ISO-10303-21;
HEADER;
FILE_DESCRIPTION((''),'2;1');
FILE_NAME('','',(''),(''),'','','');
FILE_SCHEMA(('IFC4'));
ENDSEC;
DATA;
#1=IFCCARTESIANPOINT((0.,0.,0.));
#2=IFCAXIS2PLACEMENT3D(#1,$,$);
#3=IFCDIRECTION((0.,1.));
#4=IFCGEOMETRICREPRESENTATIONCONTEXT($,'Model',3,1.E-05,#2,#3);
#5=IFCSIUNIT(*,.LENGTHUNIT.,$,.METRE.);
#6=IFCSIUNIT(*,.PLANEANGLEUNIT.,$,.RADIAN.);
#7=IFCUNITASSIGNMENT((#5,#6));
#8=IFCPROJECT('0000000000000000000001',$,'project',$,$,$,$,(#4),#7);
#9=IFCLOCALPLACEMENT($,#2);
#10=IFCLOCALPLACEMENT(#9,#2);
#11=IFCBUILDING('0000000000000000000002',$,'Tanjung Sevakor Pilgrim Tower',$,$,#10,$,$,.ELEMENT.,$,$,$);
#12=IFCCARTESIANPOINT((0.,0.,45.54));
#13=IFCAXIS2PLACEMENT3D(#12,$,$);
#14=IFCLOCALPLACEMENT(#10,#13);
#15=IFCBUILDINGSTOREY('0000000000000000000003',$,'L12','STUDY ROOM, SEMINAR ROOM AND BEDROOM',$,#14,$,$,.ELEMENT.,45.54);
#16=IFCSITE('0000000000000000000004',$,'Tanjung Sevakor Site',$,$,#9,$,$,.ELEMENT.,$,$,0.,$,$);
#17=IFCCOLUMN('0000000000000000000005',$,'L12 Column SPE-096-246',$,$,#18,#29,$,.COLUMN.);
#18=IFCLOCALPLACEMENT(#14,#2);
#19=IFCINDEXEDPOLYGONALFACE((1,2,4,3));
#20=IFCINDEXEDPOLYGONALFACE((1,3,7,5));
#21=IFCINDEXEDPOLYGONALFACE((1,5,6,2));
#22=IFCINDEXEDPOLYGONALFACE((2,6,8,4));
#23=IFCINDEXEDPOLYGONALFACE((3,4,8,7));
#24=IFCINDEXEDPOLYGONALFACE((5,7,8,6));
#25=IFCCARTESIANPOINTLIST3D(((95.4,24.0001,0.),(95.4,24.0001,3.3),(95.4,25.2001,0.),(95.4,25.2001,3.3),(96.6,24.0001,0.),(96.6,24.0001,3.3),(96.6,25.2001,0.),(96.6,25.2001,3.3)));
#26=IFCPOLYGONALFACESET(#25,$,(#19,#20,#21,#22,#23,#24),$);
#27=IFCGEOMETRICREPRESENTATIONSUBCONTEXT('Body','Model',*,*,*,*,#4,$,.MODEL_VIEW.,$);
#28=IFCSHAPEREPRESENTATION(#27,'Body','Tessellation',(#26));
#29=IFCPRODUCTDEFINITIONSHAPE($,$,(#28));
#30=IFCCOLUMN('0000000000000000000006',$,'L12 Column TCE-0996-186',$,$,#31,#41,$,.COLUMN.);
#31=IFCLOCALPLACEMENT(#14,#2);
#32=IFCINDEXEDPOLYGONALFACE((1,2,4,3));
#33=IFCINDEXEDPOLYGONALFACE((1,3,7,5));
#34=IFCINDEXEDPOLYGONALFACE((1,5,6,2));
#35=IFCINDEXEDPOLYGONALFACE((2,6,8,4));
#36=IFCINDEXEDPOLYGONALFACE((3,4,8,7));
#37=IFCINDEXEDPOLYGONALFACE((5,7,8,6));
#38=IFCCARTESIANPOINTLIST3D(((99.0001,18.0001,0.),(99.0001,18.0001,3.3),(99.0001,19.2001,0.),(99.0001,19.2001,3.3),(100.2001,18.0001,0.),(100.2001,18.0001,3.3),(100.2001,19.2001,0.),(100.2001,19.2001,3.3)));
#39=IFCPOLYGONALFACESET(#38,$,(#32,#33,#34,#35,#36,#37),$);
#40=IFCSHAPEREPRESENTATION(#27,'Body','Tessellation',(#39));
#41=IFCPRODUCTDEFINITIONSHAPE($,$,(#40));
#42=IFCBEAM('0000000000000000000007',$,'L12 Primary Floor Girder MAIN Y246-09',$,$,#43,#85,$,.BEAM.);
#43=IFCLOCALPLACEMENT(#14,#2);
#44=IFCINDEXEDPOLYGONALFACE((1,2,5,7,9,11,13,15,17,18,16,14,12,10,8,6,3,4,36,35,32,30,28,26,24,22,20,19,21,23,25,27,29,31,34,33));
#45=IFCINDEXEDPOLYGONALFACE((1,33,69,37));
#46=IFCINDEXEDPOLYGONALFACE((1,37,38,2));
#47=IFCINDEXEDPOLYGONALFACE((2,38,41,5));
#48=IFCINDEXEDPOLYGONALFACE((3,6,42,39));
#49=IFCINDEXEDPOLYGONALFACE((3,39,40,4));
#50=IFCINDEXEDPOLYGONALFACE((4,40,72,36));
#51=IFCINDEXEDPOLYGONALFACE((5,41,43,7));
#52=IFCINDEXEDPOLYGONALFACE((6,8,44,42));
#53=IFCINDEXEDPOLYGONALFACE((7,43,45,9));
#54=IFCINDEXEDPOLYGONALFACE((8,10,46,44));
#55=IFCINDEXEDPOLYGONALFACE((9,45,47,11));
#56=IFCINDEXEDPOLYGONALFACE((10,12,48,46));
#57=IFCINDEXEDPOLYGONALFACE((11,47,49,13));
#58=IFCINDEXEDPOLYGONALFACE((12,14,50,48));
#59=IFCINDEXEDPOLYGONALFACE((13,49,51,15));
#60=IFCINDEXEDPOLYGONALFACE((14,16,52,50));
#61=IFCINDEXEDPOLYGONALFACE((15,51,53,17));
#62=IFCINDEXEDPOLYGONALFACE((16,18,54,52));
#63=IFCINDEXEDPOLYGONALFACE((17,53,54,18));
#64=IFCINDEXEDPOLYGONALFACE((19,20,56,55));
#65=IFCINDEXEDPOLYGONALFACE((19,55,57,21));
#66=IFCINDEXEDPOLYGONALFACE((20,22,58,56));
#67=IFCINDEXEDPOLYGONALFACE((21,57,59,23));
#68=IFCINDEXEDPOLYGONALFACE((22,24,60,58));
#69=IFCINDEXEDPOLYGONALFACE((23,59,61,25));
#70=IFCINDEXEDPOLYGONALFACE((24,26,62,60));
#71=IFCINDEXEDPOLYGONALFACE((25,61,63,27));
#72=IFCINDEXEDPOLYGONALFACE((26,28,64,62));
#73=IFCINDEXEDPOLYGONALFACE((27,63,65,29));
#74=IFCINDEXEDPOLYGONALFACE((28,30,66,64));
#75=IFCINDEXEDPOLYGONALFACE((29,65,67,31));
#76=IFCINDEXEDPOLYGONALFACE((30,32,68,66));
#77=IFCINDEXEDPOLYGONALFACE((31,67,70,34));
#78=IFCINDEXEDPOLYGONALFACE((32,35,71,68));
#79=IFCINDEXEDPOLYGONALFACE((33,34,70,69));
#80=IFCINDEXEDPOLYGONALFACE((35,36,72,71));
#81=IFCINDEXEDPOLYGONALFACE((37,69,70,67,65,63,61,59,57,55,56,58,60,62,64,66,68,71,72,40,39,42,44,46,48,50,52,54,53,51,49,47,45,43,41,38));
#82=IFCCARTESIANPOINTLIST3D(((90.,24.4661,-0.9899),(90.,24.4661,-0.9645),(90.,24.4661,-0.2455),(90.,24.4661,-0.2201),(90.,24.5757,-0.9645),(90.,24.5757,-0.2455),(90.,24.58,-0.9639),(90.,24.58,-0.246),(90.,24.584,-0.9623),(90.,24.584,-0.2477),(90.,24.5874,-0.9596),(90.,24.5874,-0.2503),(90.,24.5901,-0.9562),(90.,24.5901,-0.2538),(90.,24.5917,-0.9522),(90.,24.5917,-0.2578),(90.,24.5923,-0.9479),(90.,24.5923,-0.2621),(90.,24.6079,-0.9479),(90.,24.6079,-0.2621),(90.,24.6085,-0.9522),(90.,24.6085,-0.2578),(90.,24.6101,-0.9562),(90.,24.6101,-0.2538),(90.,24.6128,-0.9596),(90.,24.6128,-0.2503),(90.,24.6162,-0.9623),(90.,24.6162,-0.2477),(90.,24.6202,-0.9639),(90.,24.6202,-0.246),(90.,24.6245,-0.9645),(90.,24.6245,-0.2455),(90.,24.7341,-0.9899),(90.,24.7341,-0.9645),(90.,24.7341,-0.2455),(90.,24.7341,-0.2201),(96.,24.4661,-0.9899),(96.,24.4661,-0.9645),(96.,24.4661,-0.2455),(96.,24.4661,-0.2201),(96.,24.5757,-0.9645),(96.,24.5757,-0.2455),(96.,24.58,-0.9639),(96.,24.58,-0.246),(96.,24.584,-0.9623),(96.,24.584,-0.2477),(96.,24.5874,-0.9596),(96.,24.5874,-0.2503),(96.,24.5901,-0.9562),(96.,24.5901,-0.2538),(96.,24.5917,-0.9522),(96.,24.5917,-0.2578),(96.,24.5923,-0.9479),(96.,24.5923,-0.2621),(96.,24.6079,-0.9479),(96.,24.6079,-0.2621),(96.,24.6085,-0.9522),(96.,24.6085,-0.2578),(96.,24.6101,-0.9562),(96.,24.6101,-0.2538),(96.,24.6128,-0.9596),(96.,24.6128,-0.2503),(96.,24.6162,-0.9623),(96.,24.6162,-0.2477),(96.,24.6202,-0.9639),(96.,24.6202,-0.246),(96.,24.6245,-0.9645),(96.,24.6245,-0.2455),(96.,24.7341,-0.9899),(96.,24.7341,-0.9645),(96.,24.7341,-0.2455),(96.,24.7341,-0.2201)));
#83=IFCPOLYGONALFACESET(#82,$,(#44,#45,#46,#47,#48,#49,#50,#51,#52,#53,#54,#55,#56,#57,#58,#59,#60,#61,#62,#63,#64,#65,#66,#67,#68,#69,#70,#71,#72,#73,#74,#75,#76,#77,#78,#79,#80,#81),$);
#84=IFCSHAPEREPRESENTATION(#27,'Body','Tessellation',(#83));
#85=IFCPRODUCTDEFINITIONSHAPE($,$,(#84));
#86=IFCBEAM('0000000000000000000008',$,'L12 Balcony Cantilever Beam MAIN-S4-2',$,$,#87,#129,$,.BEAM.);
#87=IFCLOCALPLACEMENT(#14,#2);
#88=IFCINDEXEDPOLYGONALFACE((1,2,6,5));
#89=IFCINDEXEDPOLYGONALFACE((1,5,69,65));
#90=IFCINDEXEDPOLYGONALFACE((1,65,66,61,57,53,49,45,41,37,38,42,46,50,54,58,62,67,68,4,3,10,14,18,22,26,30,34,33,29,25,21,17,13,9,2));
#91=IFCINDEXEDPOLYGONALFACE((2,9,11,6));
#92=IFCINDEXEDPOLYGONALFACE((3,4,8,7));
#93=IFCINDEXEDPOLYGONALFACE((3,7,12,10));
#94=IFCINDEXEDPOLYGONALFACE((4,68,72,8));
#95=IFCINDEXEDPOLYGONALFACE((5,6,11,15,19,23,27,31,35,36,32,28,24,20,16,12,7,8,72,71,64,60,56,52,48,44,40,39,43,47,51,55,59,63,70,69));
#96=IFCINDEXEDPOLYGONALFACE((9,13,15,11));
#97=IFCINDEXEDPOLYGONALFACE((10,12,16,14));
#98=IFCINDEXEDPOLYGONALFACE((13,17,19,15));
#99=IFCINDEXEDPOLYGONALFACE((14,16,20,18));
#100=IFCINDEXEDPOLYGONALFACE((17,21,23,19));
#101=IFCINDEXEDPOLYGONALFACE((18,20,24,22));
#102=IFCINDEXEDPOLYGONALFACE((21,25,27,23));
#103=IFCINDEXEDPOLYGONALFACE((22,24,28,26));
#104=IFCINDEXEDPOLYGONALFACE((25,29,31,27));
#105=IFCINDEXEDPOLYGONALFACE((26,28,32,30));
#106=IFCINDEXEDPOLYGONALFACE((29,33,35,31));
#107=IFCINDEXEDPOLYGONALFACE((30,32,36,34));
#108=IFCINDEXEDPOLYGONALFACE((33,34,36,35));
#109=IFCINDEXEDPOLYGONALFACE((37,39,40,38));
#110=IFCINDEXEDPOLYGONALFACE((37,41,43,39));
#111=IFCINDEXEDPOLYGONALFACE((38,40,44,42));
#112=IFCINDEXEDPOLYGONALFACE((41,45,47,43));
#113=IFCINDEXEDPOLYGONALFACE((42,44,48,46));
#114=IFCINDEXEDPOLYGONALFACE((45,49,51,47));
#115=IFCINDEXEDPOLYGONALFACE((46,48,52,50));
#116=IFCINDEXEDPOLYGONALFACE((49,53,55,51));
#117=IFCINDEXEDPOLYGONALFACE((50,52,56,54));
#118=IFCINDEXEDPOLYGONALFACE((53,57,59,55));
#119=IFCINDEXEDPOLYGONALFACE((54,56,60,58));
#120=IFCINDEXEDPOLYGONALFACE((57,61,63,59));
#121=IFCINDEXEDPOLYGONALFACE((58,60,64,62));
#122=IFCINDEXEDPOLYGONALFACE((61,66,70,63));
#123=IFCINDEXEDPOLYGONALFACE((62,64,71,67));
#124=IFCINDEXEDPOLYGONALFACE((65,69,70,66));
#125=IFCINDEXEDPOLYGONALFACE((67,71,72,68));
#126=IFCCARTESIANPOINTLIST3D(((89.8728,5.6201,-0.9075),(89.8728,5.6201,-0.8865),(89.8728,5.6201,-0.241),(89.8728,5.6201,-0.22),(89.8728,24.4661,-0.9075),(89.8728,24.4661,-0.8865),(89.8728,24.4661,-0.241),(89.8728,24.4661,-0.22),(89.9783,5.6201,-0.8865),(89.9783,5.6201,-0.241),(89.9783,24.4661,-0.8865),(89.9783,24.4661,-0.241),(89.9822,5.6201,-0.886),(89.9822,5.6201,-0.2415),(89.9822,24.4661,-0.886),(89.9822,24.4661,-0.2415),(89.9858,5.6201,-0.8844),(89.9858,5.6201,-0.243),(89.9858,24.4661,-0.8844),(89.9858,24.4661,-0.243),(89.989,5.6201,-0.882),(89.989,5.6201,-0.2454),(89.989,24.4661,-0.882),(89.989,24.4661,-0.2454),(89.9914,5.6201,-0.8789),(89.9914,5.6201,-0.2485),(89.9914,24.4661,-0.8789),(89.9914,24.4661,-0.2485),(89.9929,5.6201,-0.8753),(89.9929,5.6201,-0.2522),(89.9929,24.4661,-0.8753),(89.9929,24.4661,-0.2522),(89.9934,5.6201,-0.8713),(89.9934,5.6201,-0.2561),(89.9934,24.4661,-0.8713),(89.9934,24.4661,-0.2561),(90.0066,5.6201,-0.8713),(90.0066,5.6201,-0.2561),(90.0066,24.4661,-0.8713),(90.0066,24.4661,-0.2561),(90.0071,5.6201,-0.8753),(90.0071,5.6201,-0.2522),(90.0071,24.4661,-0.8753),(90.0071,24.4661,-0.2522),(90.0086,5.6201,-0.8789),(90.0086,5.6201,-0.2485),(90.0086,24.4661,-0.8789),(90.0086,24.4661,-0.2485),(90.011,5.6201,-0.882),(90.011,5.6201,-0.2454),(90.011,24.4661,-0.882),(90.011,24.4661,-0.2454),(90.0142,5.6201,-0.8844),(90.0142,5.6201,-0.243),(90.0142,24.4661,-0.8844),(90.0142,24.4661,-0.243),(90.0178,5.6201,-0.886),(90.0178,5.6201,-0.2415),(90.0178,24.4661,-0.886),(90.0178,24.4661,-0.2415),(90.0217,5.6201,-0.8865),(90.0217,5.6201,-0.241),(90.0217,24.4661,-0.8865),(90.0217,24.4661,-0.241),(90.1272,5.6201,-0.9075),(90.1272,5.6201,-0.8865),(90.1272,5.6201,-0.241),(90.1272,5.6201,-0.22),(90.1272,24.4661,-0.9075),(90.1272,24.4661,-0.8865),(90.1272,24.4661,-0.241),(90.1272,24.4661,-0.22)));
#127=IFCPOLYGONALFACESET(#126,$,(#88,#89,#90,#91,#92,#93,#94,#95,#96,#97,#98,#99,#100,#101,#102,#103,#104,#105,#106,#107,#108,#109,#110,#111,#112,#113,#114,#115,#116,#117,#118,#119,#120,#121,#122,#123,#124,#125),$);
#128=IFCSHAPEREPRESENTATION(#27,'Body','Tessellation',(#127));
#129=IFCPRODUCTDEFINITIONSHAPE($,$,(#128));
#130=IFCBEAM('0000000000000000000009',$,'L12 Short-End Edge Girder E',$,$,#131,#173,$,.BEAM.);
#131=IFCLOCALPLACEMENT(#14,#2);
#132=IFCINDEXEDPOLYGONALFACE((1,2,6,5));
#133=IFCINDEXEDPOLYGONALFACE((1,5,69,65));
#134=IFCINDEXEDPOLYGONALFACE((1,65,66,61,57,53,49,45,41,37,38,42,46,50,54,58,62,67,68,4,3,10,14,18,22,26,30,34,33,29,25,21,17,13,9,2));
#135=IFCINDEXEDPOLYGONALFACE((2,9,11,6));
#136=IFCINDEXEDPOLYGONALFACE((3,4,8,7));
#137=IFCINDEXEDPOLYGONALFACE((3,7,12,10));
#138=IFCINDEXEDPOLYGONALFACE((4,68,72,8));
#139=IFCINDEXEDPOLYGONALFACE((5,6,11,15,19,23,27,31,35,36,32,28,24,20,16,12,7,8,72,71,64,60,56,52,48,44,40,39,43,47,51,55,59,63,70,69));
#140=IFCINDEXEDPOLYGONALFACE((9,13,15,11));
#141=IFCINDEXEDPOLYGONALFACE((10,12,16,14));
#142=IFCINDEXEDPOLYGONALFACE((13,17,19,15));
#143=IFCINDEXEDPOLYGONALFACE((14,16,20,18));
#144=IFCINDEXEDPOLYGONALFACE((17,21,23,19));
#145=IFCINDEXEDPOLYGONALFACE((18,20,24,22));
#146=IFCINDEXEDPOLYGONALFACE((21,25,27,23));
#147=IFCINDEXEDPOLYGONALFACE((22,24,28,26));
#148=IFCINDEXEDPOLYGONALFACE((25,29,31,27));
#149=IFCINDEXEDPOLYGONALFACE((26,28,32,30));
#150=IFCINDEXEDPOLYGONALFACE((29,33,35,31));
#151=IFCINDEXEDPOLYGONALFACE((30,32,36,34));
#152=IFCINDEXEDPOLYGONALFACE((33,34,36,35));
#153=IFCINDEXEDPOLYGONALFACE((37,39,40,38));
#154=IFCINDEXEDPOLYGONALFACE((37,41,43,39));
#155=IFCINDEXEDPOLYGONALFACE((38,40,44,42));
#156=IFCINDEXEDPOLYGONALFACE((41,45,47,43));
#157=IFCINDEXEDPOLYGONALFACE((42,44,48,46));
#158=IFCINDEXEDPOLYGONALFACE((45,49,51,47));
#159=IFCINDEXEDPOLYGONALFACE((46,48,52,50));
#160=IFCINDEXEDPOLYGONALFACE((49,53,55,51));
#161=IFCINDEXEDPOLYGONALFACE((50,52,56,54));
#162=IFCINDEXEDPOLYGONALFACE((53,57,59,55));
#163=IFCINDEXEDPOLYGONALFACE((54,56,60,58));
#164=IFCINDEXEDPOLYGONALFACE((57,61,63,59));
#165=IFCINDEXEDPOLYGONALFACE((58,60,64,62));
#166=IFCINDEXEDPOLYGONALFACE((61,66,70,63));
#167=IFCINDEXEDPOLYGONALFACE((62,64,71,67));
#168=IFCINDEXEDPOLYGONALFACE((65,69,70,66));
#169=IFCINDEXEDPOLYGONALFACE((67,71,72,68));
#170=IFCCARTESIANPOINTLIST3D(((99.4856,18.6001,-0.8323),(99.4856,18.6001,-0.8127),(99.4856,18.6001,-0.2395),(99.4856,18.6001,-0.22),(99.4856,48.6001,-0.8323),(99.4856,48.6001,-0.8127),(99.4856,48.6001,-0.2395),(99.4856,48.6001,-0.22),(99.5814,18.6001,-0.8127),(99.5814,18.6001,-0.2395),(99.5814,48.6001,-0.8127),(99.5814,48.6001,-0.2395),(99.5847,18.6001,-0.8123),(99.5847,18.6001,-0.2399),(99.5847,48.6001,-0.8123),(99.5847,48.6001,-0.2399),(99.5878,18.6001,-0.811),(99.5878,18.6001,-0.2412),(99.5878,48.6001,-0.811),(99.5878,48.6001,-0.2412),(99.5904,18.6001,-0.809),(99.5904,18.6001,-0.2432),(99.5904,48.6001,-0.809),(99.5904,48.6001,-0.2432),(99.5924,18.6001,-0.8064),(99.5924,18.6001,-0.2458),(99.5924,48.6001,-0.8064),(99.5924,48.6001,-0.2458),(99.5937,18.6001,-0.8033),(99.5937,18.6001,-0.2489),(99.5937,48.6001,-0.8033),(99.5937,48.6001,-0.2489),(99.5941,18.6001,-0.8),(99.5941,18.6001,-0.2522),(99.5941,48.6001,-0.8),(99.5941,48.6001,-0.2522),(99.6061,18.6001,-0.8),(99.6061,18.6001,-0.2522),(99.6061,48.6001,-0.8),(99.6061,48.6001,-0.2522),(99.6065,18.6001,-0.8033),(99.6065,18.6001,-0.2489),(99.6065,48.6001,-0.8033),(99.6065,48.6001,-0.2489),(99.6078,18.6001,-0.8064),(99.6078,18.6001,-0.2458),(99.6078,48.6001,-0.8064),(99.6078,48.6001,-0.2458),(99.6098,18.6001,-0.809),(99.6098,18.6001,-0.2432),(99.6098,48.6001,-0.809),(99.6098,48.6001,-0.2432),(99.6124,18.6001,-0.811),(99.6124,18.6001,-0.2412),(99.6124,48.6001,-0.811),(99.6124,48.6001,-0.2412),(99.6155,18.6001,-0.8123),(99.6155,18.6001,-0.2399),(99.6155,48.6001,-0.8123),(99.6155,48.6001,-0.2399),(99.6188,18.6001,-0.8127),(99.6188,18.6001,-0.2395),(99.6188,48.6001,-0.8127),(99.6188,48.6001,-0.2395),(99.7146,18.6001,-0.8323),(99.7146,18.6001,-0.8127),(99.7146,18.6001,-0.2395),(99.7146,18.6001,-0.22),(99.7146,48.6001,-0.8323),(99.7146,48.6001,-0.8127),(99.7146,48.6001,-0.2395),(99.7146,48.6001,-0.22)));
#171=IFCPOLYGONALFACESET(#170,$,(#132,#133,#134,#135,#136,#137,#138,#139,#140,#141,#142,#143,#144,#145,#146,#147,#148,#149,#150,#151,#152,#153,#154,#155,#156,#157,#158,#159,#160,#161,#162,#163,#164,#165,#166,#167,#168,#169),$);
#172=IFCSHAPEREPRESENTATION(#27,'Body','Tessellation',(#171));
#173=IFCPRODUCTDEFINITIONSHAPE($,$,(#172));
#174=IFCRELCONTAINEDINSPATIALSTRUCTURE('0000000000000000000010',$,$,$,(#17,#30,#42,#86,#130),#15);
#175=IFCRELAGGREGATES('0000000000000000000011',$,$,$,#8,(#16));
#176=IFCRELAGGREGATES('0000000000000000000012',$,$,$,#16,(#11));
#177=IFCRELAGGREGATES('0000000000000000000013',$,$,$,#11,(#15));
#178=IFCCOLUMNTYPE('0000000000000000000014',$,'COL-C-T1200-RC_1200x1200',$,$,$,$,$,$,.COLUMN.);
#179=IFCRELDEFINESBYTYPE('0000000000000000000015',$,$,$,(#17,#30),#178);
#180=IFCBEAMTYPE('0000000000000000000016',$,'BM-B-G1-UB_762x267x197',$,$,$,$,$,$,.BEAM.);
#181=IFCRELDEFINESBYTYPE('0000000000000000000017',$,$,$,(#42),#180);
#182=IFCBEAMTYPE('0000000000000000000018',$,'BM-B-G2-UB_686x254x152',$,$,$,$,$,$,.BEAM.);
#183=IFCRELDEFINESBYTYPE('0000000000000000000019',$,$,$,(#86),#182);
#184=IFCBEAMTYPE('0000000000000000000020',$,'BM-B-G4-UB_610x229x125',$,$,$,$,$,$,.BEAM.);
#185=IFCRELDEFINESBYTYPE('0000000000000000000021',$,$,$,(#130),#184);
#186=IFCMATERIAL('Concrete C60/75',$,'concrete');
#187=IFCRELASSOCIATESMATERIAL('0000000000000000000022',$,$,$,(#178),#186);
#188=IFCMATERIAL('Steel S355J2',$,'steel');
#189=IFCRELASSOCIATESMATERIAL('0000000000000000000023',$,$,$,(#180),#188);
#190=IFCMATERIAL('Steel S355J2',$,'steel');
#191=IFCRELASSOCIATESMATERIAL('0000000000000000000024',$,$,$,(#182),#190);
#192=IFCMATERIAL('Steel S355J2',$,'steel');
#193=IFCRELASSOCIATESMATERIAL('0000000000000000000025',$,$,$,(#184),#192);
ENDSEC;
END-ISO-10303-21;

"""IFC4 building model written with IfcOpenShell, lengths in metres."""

from ifc_helpers import new_model, si_unit, direction, frame, origin, origin_2d, place, context, subcontext, project, spatial, rectangle, i_section, extrude, material, material_profile, profile_set, type_object, element, save


model = new_model("IFC4")

# Units and contexts
model_context = context("Model", 3, precision=1e-05, world=origin(), true_north=direction((0.0, 1.0)))
body_context = subcontext(model_context, "Body", "Model", "MODEL_VIEW")
ifc_project = project(units=[si_unit("LENGTHUNIT", "METRE"), si_unit("PLANEANGLEUNIT", "RADIAN")], contexts=[model_context])

# Site, building, storey
site_placement = place(None, origin())
site = spatial("IfcSite", under=ifc_project, at=site_placement, Name="Tanjung Sevakor Site", CompositionType="ELEMENT", RefElevation=0.0)
building_placement = place(site_placement, origin())
building = spatial("IfcBuilding", under=site, at=building_placement, Name="Tanjung Sevakor Pilgrim Tower", CompositionType="ELEMENT")
storey_placement = place(building_placement, frame((0.0, 0.0, 45.54)))
storey = spatial("IfcBuildingStorey", under=building, at=storey_placement, Name="L12", Description="STUDY ROOM, SEMINAR ROOM AND BEDROOM", CompositionType="ELEMENT", Elevation=45.54)

# Columns
ifc_material_1 = material(Name="Concrete C60/75", Category="concrete")
ifc_material_profile_1 = material_profile(ifc_material_1, rectangle(XDim=1.2, YDim=1.2, at=origin_2d()))
ifc_profile_set_1 = profile_set([ifc_material_profile_1], Name="Concrete C60/75")
column_type = type_object("IfcColumnType", Name="COL-C-T1200-RC_1200x1200", PredefinedType="COLUMN", material=ifc_profile_set_1)
for number, where, z_axis, x_axis, name in (
    (1, (96.0, 24.6001, 0.0), (0.0, 0.0, 1.0), (1.0, 0.0, 0.0), "L12 Column SPE-096-246"),
    (2, (99.6001, 18.6001, 0.0), (0.0, 0.0, 1.0), (1.0, 0.0, 0.0), "L12 Column TCE-0996-186"),
):
    element("IfcColumn", number, at=place(storey_placement, frame(where, z_axis=z_axis, x_axis=x_axis)), inside=storey, type_object=column_type, Name=name, PredefinedType="COLUMN", context=body_context, shape_type="SweptSolid", body=[
        extrude(rectangle(XDim=1.2, YDim=1.2, at=origin_2d()), origin(), (0.0, 0.0, 1.0), 3.3),
    ])

# Beams
ifc_material_2 = material(Name="Steel S355J2", Category="steel")
ifc_material_profile_2 = material_profile(ifc_material_2, i_section(OverallWidth=0.2681, OverallDepth=0.7698, WebThickness=0.0156, FlangeThickness=0.0254, FilletRadius=0.0166, at=origin_2d()))
ifc_profile_set_2 = profile_set([ifc_material_profile_2], Name="Steel S355J2")
beam_type_1 = type_object("IfcBeamType", Name="BM-B-G1-UB_762x267x197", PredefinedType="BEAM", material=ifc_profile_set_2)
beam_1_placement = place(storey_placement, frame((90.0, 24.6001, -0.605), z_axis=(1.0, 0.0, 0.0), x_axis=(0.0, 1.0, 0.0)))
element("IfcBeam", 3, at=beam_1_placement, inside=storey, type_object=beam_type_1, Name="L12 Primary Floor Girder MAIN Y246-09", PredefinedType="BEAM", context=body_context, shape_type="SweptSolid", body=[
    extrude(i_section(OverallWidth=0.2681, OverallDepth=0.7698, WebThickness=0.0156, FlangeThickness=0.0254, FilletRadius=0.0166, at=origin_2d()), origin(), (0.0, 0.0, 1.0), 6.0),
])
ifc_material_3 = material(Name="Steel S355J2", Category="steel")
ifc_material_profile_3 = material_profile(ifc_material_3, i_section(OverallWidth=0.2544, OverallDepth=0.6875, WebThickness=0.0132, FlangeThickness=0.021, FilletRadius=0.0151, at=origin_2d()))
ifc_profile_set_3 = profile_set([ifc_material_profile_3], Name="Steel S355J2")
beam_type_2 = type_object("IfcBeamType", Name="BM-B-G2-UB_686x254x152", PredefinedType="BEAM", material=ifc_profile_set_3)
beam_2_placement = place(storey_placement, frame((90.0, 24.4661, -0.5637), z_axis=(0.0, -1.0, 0.0), x_axis=(1.0, 0.0, 0.0)))
element("IfcBeam", 4, at=beam_2_placement, inside=storey, type_object=beam_type_2, Name="L12 Balcony Cantilever Beam MAIN-S4-2", PredefinedType="BEAM", context=body_context, shape_type="SweptSolid", body=[
    extrude(i_section(OverallWidth=0.2544, OverallDepth=0.6875, WebThickness=0.0132, FlangeThickness=0.021, FilletRadius=0.0151, at=origin_2d()), origin(), (0.0, 0.0, 1.0), 18.8459),
])
ifc_material_4 = material(Name="Steel S355J2", Category="steel")
ifc_material_profile_4 = material_profile(ifc_material_4, i_section(OverallWidth=0.229, OverallDepth=0.6123, WebThickness=0.012, FlangeThickness=0.0195, FilletRadius=0.0127, at=origin_2d()))
ifc_profile_set_4 = profile_set([ifc_material_profile_4], Name="Steel S355J2")
beam_type_3 = type_object("IfcBeamType", Name="BM-B-G4-UB_610x229x125", PredefinedType="BEAM", material=ifc_profile_set_4)
beam_3_placement = place(storey_placement, frame((99.6001, 18.6001, -0.5261), z_axis=(0.0, 1.0, 0.0), x_axis=(-1.0, 0.0, 0.0)))
element("IfcBeam", 5, at=beam_3_placement, inside=storey, type_object=beam_type_3, Name="L12 Short-End Edge Girder E", PredefinedType="BEAM", context=body_context, shape_type="SweptSolid", body=[
    extrude(i_section(OverallWidth=0.229, OverallDepth=0.6123, WebThickness=0.012, FlangeThickness=0.0195, FilletRadius=0.0127, at=origin_2d()), origin(), (0.0, 0.0, 1.0), 30.0),
])

save(model, "model.ifc")
